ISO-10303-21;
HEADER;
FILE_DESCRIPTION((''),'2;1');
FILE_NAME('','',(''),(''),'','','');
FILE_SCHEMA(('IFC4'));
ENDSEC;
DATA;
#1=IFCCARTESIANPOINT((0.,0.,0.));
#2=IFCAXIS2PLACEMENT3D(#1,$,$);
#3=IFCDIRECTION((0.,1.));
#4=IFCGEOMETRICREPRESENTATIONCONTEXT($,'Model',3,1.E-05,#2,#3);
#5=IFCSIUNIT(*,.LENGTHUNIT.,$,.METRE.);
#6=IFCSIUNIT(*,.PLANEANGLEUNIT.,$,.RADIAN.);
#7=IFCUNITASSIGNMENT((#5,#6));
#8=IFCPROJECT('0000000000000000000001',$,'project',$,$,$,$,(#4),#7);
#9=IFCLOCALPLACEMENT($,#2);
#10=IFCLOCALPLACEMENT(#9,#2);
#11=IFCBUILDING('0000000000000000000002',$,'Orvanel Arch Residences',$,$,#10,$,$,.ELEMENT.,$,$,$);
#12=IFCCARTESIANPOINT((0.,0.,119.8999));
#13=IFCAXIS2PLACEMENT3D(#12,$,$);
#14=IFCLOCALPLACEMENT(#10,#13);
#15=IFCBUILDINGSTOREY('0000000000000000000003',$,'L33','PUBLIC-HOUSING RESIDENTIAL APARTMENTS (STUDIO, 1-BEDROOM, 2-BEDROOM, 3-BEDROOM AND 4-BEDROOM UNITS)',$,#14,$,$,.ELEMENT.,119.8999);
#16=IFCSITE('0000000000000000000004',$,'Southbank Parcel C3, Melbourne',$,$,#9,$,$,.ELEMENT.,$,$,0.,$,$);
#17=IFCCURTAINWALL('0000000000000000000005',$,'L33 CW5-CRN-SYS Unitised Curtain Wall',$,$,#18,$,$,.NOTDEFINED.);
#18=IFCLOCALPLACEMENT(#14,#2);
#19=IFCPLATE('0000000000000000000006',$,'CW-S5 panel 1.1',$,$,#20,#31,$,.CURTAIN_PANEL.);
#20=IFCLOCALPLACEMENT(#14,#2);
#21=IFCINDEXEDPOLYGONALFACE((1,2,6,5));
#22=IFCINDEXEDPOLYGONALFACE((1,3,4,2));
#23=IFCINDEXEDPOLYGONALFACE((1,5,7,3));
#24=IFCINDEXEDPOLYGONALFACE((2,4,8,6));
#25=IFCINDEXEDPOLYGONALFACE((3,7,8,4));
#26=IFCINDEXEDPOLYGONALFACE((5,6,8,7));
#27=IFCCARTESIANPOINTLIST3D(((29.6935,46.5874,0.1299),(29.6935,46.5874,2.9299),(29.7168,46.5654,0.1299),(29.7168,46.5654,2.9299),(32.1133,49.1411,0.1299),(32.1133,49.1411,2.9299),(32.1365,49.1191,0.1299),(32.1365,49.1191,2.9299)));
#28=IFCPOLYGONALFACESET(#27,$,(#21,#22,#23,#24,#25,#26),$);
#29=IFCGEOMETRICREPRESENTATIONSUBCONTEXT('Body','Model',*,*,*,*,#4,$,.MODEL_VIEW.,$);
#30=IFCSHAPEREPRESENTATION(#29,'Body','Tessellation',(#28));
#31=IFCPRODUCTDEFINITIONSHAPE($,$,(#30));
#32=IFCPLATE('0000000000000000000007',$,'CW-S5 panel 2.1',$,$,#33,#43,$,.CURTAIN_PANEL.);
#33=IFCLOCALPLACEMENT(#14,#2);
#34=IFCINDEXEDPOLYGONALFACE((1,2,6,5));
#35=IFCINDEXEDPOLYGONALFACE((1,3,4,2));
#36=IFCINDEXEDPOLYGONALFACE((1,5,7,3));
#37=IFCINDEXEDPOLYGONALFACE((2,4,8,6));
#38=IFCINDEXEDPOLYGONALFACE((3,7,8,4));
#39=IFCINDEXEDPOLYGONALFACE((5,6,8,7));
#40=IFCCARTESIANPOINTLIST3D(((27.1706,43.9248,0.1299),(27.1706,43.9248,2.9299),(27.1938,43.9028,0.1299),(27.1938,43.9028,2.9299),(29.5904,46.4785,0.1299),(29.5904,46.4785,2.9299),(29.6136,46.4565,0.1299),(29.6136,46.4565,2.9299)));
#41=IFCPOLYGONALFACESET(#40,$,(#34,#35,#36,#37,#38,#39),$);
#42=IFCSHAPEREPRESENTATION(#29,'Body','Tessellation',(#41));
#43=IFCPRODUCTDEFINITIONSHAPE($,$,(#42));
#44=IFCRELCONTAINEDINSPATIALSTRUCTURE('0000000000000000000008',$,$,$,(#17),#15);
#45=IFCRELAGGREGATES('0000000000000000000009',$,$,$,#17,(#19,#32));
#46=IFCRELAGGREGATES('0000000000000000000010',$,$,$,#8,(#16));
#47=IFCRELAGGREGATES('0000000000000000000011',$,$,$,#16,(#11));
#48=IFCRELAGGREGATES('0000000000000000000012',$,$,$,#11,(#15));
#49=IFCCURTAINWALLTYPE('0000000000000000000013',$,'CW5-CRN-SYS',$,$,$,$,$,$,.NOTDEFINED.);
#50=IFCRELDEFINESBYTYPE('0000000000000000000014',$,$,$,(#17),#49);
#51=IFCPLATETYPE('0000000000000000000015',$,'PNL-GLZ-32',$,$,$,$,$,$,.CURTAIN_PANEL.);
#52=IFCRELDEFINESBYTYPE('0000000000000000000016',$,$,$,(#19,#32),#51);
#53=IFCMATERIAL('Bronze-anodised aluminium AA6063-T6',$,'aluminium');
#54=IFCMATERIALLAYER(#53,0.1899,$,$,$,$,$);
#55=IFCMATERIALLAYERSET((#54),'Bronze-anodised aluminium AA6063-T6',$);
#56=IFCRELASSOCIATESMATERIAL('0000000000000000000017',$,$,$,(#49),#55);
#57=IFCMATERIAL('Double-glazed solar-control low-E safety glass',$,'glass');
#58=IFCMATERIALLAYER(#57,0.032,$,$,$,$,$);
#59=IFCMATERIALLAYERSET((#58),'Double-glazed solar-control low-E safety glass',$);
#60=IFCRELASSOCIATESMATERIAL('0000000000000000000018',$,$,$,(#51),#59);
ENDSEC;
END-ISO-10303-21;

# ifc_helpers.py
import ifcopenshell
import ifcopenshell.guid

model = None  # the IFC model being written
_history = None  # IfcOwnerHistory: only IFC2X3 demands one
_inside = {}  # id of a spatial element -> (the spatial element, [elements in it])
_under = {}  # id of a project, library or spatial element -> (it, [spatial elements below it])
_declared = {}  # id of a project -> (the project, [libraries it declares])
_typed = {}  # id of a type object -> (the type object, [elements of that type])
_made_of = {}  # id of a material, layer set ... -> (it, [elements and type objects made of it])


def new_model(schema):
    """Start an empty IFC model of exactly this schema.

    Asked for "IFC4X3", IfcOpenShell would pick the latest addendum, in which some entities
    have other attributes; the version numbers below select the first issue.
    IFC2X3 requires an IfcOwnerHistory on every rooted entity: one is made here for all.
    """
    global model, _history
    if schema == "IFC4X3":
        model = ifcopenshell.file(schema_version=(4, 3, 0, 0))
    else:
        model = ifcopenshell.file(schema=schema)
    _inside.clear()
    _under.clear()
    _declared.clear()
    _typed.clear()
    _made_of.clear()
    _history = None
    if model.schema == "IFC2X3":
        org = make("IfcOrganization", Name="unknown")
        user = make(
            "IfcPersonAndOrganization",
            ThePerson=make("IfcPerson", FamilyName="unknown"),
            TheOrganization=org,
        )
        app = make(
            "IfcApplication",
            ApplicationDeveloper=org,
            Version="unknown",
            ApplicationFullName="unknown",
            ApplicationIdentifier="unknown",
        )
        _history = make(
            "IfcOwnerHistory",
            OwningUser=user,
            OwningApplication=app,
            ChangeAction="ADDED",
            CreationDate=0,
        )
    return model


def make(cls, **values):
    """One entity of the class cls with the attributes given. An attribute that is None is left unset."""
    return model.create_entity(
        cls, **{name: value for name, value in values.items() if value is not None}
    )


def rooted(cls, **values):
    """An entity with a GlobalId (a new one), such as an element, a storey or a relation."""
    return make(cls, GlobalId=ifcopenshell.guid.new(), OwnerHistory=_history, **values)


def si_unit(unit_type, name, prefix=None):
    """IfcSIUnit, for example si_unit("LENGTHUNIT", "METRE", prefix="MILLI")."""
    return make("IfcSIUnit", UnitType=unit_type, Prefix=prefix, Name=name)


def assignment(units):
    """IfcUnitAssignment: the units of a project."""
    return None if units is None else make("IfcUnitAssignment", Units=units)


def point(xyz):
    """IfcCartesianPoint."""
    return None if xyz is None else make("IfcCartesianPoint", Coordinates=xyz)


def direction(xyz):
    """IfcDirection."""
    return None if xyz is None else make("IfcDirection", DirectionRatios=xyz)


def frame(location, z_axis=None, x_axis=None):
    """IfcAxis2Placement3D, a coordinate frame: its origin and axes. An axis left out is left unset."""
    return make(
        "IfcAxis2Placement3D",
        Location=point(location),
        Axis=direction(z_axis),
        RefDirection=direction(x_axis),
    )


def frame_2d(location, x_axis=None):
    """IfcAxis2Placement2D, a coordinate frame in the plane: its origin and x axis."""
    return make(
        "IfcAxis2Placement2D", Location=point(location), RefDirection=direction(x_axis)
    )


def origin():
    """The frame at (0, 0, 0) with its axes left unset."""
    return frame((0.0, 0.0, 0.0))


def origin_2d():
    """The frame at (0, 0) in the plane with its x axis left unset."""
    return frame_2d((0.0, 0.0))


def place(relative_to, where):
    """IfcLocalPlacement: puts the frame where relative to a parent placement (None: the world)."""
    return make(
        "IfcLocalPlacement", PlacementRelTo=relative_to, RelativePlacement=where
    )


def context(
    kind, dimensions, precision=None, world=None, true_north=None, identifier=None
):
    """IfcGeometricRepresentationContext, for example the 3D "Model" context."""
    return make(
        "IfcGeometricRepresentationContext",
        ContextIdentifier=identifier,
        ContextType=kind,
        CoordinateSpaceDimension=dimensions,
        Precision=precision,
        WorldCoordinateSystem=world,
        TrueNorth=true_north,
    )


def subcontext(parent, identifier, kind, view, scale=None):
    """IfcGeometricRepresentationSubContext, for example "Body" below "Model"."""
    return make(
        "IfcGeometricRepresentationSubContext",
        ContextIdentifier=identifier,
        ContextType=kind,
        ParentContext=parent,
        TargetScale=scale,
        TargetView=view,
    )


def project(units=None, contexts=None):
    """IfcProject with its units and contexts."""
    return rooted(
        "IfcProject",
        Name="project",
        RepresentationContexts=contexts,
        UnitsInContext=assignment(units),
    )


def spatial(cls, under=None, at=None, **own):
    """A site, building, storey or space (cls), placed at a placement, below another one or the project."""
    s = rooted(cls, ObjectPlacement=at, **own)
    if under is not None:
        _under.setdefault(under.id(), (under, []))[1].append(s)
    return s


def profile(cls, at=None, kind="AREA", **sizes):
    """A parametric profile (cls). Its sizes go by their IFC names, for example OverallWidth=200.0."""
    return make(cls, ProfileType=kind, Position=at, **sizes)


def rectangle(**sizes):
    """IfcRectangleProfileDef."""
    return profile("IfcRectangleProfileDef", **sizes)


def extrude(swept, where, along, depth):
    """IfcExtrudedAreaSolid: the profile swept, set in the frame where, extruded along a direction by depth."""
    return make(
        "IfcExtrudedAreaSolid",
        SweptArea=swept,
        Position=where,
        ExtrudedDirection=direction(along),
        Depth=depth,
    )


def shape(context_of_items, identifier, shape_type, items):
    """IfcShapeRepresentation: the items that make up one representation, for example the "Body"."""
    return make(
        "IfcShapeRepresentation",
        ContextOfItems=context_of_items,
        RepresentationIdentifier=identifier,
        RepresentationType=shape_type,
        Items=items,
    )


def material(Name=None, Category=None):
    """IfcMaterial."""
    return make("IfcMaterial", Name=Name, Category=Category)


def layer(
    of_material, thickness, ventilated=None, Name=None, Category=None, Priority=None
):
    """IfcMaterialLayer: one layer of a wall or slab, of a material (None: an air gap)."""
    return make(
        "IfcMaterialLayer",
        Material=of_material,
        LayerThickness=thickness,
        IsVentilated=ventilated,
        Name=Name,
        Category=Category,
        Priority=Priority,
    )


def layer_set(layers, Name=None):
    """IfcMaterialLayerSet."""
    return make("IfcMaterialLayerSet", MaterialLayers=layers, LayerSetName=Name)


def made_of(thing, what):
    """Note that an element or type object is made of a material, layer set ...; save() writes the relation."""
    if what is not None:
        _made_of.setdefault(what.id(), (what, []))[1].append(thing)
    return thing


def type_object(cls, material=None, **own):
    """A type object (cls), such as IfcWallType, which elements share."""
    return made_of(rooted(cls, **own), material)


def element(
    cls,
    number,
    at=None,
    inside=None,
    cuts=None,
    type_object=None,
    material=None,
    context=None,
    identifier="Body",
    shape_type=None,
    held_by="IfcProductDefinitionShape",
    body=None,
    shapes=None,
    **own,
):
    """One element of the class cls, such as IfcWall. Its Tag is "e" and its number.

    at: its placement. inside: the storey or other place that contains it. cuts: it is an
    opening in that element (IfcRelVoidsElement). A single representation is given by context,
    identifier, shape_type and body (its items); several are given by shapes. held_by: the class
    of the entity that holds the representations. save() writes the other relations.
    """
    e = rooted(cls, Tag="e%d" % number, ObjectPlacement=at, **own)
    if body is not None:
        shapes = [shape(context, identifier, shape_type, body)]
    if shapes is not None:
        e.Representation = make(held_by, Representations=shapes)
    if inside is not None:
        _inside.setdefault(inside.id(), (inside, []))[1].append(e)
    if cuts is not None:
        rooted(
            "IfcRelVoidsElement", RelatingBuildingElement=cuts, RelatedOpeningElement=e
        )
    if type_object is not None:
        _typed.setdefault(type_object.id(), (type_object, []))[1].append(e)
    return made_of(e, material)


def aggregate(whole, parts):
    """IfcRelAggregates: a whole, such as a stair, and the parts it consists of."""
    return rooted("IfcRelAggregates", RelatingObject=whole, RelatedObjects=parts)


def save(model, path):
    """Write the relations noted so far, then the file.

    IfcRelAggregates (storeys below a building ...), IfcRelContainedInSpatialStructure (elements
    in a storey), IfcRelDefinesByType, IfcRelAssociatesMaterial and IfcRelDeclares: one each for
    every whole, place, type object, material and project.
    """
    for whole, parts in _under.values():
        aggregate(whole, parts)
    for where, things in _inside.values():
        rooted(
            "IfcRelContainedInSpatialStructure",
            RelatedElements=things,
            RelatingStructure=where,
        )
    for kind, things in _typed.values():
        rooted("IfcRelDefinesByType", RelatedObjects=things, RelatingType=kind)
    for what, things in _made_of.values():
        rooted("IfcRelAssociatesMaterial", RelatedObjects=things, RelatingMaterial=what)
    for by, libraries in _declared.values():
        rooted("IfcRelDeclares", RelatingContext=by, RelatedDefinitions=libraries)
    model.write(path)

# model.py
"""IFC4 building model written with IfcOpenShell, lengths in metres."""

from ifc_helpers import new_model, si_unit, direction, frame, origin, origin_2d, place, context, subcontext, project, spatial, rectangle, extrude, material, layer, layer_set, type_object, element, aggregate, save


model = new_model("IFC4")

# Units and contexts
model_context = context("Model", 3, precision=1e-05, world=origin(), true_north=direction((0.0, 1.0)))
body_context = subcontext(model_context, "Body", "Model", "MODEL_VIEW")
ifc_project = project(units=[si_unit("LENGTHUNIT", "METRE"), si_unit("PLANEANGLEUNIT", "RADIAN")], contexts=[model_context])

# Site, building, storey
site_placement = place(None, origin())
site = spatial("IfcSite", under=ifc_project, at=site_placement, Name="Southbank Parcel C3, Melbourne", CompositionType="ELEMENT", RefElevation=0.0)
building_placement = place(site_placement, origin())
building = spatial("IfcBuilding", under=site, at=building_placement, Name="Orvanel Arch Residences", CompositionType="ELEMENT")
storey_placement = place(building_placement, frame((0.0, 0.0, 119.8999)))
storey = spatial("IfcBuildingStorey", under=building, at=storey_placement, Name="L33", Description="PUBLIC-HOUSING RESIDENTIAL APARTMENTS (STUDIO, 1-BEDROOM, 2-BEDROOM, 3-BEDROOM AND 4-BEDROOM UNITS)", CompositionType="ELEMENT", Elevation=119.8999)

# Shared definitions
ifc_material_1 = material(Name="Bronze-anodised aluminium AA6063-T6", Category="aluminium")
ifc_layer_1 = layer(ifc_material_1, 0.1899)
ifc_layer_set_1 = layer_set([ifc_layer_1], Name="Bronze-anodised aluminium AA6063-T6")
curtain_wall_type_1 = type_object("IfcCurtainWallType", Name="CW5-CRN-SYS", PredefinedType="NOTDEFINED", material=ifc_layer_set_1)

# Curtain wall
curtain_wall_1_placement = place(storey_placement, origin())
curtain_wall_1 = element("IfcCurtainWall", 1, at=curtain_wall_1_placement, inside=storey, type_object=curtain_wall_type_1, Name="L33 CW5-CRN-SYS Unitised Curtain Wall", PredefinedType="NOTDEFINED")

# Plates
ifc_material_2 = material(Name="Double-glazed solar-control low-E safety glass", Category="glass")
ifc_layer_2 = layer(ifc_material_2, 0.032)
ifc_layer_set_2 = layer_set([ifc_layer_2], Name="Double-glazed solar-control low-E safety glass")
plate_type_1 = type_object("IfcPlateType", Name="PNL-GLZ-32", PredefinedType="CURTAIN_PANEL", material=ifc_layer_set_2)
plate_1_placement = place(storey_placement, frame((30.915, 47.8533, 0.1299), z_axis=(0.0, 0.0, 1.0), x_axis=(-0.687815, -0.725886, 0.0)))
plate_1 = element("IfcPlate", 2, at=plate_1_placement, type_object=plate_type_1, Name="CW-S5 panel 1.1", PredefinedType="CURTAIN_PANEL", context=body_context, shape_type="SweptSolid", body=[
    extrude(rectangle(XDim=3.5181, YDim=0.032, at=origin_2d()), origin(), (0.0, 0.0, 1.0), 2.8),
])
plate_2_placement = place(storey_placement, frame((28.3921, 45.1907, 0.1299), z_axis=(0.0, 0.0, 1.0), x_axis=(-0.687815, -0.725886, 0.0)))
plate_2 = element("IfcPlate", 3, at=plate_2_placement, type_object=plate_type_1, Name="CW-S5 panel 2.1", PredefinedType="CURTAIN_PANEL", context=body_context, shape_type="SweptSolid", body=[
    extrude(rectangle(XDim=3.5181, YDim=0.032, at=origin_2d()), origin(), (0.0, 0.0, 1.0), 2.8),
])
aggregate(curtain_wall_1, [plate_1, plate_2])

save(model, "model.ifc")
